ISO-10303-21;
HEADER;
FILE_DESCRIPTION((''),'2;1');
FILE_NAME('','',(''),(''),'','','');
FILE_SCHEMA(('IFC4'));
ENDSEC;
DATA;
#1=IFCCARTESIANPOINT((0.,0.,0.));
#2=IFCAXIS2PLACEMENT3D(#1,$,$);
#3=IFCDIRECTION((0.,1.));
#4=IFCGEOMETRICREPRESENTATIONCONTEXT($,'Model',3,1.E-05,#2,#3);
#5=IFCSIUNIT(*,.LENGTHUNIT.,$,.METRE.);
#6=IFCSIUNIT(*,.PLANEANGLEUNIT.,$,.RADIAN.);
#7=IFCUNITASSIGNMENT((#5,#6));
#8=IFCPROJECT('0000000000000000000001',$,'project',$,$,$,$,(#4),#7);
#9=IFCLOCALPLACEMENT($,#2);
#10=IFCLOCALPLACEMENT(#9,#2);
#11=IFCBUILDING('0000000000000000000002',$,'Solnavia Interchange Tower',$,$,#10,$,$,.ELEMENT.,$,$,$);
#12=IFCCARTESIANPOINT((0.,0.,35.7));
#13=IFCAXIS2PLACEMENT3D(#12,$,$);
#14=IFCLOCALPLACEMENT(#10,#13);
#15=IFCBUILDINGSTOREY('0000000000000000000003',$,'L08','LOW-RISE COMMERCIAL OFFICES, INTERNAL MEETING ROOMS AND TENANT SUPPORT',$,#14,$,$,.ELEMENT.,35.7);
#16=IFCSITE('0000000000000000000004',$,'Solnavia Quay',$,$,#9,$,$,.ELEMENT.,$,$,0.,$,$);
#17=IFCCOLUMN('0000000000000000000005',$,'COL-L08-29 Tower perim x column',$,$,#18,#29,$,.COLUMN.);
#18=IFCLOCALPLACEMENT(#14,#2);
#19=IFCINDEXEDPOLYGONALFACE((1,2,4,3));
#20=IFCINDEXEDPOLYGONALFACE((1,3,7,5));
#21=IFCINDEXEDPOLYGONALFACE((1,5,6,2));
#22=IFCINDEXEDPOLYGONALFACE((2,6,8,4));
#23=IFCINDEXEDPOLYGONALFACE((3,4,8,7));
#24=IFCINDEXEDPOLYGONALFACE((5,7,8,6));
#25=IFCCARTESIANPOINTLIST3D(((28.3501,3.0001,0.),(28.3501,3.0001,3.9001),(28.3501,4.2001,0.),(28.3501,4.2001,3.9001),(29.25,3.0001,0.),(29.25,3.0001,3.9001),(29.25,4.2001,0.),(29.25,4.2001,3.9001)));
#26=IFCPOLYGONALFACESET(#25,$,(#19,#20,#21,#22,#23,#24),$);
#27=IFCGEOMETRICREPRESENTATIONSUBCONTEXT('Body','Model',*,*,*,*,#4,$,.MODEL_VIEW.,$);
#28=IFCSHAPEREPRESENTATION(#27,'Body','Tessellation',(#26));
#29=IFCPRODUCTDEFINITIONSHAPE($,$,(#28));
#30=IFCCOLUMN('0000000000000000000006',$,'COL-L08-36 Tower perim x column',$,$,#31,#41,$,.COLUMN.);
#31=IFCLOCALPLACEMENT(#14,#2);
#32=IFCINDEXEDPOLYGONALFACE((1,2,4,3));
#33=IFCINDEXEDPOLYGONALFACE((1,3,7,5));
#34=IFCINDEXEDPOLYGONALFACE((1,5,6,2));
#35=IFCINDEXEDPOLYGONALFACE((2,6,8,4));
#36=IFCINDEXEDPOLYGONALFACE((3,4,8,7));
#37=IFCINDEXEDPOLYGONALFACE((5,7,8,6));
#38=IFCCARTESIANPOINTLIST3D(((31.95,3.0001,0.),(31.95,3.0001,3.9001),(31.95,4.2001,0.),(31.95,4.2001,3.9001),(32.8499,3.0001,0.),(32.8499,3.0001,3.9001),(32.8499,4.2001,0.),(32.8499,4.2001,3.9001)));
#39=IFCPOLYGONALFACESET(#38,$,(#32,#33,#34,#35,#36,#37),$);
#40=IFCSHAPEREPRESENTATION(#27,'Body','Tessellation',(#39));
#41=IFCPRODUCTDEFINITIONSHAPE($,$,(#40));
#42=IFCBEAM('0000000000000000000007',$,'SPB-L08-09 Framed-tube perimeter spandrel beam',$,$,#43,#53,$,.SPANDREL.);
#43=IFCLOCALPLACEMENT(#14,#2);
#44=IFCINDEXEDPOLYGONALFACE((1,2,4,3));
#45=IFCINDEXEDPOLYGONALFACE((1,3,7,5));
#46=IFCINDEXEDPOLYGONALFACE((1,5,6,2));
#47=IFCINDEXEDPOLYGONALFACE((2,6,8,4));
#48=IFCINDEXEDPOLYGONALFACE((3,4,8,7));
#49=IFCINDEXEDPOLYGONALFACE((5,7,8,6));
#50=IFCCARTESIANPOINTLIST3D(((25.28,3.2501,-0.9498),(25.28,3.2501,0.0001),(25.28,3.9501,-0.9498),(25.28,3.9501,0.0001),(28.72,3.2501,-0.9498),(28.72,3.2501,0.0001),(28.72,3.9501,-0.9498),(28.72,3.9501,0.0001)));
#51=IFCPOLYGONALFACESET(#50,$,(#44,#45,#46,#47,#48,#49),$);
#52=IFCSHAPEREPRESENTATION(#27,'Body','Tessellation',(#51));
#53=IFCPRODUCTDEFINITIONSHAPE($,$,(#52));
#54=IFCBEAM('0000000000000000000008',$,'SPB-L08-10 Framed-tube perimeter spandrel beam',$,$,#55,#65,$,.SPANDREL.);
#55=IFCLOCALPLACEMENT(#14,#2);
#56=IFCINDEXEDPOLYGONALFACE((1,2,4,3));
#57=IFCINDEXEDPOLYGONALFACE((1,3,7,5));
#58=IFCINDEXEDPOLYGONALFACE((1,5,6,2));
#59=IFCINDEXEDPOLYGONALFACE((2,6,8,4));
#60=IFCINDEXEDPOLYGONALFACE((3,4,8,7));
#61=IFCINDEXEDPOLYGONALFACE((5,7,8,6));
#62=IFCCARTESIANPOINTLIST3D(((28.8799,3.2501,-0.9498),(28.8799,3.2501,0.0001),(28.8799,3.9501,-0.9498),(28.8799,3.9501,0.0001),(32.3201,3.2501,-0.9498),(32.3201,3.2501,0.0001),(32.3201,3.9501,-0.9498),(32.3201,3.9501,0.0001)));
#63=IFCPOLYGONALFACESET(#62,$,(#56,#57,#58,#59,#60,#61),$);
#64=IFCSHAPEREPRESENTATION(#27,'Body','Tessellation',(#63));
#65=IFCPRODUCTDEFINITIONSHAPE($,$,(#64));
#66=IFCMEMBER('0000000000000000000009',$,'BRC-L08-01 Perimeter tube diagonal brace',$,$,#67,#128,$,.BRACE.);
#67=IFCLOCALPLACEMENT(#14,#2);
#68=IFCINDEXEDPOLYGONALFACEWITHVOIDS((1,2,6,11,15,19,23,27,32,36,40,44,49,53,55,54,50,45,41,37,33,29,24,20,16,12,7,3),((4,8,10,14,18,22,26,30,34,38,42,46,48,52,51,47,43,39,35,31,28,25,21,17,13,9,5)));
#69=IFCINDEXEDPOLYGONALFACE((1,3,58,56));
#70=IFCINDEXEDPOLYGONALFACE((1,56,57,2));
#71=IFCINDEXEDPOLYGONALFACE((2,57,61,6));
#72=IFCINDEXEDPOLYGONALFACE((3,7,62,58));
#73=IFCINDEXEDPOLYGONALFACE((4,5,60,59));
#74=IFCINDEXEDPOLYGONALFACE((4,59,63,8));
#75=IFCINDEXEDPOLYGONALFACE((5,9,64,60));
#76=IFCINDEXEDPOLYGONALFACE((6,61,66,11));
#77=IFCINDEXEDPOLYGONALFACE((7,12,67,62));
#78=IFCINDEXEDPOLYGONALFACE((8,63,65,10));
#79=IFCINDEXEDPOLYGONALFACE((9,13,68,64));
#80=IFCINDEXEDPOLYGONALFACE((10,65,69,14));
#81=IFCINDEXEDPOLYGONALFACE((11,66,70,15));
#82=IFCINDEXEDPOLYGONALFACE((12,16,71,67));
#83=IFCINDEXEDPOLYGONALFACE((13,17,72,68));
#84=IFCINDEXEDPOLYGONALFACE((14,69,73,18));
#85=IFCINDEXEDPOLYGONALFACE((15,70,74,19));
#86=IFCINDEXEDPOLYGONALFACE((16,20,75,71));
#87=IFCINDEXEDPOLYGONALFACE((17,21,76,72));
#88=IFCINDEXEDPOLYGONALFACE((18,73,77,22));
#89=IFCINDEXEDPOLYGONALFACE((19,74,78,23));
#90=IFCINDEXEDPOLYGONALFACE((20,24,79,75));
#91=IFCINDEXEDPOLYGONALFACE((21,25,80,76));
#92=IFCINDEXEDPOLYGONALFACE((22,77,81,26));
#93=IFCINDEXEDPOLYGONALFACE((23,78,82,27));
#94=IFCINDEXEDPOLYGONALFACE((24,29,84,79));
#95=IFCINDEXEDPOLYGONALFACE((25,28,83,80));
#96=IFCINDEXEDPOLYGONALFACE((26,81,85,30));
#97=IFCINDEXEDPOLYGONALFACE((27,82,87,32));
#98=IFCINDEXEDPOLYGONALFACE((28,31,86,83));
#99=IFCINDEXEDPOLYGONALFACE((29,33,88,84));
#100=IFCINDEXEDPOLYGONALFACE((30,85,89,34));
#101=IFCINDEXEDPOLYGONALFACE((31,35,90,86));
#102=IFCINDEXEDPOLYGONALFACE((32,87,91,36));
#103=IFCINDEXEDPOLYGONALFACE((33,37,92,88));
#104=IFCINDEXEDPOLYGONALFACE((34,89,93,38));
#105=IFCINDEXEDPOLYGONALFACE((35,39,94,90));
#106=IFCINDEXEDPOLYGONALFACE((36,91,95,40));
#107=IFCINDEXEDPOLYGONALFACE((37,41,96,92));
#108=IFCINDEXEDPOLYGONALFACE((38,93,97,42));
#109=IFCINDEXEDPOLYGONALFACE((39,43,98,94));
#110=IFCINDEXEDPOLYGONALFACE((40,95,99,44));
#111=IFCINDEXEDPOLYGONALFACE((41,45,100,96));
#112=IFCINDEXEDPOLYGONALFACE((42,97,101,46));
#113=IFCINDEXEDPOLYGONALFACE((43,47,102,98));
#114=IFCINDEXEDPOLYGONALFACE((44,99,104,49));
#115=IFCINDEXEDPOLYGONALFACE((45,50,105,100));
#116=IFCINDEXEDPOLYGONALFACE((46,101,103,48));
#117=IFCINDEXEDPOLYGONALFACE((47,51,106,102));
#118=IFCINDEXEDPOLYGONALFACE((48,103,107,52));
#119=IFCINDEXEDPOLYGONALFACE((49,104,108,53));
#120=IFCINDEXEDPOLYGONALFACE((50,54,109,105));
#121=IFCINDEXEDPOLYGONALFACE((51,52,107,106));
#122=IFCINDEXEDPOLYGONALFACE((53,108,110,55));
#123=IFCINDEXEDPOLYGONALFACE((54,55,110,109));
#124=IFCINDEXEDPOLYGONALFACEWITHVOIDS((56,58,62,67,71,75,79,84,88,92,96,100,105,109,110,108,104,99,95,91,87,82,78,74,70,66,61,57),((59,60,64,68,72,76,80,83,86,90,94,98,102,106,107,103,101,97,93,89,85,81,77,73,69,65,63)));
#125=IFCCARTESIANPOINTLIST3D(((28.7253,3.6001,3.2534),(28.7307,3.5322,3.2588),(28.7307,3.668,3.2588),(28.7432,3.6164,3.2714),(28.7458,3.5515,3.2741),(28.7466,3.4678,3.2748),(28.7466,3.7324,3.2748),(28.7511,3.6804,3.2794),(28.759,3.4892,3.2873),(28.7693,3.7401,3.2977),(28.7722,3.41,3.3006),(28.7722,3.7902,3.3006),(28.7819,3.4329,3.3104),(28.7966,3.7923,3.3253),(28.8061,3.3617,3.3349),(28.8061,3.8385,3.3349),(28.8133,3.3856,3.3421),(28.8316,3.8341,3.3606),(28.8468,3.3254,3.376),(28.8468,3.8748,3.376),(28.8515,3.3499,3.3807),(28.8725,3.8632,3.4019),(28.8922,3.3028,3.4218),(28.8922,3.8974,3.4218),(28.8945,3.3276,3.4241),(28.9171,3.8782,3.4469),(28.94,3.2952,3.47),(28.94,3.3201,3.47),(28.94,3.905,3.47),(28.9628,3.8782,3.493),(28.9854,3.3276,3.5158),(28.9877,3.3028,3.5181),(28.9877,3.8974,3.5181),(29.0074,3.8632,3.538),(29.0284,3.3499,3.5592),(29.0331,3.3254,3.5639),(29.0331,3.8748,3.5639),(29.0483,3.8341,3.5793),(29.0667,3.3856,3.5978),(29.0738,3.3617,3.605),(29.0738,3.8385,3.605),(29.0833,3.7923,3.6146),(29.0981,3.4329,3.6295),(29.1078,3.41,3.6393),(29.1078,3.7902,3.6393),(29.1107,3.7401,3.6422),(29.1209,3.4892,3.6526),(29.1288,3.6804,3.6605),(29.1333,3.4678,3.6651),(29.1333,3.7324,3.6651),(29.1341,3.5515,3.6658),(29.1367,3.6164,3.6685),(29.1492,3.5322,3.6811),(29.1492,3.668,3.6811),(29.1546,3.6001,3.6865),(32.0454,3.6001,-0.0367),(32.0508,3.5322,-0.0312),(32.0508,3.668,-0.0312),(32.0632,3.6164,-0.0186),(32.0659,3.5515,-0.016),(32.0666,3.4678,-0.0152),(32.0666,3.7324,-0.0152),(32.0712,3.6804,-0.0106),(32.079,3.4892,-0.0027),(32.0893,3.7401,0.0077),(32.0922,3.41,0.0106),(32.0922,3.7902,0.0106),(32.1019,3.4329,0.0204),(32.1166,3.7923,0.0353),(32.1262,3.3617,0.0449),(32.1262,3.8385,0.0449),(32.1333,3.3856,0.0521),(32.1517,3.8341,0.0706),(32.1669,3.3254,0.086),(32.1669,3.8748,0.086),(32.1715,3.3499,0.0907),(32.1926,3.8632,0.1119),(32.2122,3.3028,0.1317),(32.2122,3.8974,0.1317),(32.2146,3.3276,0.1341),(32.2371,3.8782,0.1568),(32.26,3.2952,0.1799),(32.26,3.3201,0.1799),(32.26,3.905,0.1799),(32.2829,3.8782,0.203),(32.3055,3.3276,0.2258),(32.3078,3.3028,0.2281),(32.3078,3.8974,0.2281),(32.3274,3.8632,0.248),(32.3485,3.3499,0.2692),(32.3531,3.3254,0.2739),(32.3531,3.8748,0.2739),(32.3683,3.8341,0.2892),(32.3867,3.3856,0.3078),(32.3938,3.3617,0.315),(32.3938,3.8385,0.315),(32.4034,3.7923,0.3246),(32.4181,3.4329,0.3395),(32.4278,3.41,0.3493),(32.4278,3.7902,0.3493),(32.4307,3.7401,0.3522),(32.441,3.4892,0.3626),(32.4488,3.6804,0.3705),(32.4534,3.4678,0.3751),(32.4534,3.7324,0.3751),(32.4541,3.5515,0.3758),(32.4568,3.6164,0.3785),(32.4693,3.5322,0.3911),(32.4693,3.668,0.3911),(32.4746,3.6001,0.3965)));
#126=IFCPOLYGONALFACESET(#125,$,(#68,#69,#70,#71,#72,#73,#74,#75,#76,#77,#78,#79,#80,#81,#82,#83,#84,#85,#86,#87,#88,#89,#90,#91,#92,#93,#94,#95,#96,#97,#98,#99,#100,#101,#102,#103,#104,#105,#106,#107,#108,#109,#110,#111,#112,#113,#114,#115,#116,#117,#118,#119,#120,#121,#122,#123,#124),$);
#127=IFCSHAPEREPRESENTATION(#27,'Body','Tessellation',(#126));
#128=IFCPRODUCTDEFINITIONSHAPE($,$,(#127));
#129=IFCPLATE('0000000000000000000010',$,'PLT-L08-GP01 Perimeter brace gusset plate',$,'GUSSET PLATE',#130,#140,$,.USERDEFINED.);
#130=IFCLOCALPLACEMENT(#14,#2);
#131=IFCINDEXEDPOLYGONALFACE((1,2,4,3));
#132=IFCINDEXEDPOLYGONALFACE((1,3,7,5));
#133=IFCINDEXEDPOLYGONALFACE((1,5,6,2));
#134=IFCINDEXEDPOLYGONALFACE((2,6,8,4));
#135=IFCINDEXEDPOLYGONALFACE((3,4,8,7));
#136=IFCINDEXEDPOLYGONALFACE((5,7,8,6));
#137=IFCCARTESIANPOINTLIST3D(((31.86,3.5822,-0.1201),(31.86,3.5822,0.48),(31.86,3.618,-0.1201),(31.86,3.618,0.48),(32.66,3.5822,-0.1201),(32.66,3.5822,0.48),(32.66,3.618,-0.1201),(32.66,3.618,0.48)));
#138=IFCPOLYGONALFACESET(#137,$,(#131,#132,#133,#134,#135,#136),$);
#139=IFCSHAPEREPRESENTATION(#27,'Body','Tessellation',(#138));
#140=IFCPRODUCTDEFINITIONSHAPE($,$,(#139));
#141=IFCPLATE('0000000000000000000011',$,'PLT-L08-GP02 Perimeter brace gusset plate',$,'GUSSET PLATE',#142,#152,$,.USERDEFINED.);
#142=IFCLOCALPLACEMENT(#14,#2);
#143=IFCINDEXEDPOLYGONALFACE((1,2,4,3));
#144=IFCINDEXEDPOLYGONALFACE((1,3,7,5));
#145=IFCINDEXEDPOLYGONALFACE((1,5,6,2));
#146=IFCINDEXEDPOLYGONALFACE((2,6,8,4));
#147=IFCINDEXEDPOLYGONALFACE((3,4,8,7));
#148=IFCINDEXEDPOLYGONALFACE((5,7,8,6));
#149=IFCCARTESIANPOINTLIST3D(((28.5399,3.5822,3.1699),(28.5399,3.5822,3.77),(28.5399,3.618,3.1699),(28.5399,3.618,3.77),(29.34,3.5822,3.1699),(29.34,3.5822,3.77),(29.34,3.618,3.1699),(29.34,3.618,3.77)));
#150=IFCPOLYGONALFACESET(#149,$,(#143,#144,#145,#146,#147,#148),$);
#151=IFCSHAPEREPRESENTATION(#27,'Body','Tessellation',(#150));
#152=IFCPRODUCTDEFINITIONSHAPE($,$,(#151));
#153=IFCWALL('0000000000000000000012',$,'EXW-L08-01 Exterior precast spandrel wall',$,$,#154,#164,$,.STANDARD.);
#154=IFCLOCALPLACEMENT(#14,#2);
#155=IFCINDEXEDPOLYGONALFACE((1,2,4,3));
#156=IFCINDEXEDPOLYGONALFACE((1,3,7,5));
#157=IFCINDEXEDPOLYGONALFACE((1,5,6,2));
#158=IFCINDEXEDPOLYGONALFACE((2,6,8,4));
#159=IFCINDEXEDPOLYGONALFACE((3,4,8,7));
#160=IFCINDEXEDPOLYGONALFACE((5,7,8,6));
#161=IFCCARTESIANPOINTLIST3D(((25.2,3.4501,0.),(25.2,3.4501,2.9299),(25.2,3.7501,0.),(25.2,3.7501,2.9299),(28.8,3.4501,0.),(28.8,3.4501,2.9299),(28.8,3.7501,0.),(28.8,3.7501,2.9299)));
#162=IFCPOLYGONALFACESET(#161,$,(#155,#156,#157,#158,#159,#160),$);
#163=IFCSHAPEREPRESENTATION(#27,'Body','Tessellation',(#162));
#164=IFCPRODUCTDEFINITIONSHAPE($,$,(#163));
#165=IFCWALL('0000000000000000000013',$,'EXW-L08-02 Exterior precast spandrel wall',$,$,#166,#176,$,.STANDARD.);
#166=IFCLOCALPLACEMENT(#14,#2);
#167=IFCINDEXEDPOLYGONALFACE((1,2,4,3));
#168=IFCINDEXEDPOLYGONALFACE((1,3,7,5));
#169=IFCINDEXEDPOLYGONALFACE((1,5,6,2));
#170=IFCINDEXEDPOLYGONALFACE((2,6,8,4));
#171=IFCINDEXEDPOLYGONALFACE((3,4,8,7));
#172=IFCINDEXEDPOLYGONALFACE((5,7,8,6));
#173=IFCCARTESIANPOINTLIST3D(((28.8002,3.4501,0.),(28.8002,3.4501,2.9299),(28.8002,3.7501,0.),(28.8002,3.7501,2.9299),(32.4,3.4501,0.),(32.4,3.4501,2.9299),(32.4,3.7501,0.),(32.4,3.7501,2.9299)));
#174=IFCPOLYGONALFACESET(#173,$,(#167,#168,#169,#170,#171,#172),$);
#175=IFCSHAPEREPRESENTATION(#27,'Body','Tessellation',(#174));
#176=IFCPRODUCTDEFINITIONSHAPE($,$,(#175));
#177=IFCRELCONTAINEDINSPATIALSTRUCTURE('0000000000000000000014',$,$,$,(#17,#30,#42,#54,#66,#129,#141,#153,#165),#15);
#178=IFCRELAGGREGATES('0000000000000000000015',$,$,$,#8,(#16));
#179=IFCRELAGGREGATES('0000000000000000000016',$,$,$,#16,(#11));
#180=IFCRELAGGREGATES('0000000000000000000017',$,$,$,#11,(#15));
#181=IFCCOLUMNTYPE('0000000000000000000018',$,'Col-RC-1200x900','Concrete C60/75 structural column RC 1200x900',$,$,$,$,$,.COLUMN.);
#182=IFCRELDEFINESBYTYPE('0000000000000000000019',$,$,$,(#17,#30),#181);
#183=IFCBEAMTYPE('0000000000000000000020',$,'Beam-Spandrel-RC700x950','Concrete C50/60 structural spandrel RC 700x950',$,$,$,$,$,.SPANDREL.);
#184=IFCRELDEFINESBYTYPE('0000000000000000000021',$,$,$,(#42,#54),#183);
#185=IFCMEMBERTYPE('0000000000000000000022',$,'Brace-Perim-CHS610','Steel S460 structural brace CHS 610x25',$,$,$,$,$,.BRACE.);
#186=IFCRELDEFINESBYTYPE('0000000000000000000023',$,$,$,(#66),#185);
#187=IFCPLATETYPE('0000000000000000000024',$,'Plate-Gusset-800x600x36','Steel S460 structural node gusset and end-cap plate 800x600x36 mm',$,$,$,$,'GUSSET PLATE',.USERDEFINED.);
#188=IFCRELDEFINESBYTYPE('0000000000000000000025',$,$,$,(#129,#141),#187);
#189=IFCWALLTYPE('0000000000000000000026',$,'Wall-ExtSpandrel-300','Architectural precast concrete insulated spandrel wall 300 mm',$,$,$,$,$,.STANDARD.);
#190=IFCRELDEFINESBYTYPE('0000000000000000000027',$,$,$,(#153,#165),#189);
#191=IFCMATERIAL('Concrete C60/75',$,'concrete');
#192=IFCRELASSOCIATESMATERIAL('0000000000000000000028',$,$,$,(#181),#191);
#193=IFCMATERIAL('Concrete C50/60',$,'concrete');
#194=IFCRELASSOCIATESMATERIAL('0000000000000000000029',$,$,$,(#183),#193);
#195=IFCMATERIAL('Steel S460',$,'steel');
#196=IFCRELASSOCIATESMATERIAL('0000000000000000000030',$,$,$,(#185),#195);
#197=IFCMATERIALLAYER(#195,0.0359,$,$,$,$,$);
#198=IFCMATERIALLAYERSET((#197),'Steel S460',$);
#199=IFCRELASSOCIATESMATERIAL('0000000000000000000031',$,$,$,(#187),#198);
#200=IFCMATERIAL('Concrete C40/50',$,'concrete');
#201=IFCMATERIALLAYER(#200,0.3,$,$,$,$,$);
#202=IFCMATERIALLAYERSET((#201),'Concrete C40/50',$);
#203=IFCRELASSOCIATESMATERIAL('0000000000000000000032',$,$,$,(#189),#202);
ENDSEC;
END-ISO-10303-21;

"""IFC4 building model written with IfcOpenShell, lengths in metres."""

from ifc_helpers import new_model, si_unit, direction, frame, frame_2d, origin, origin_2d, place, context, subcontext, project, spatial, rectangle, hollow_circle, extrude, material, layer, layer_set, material_profile, profile_set, type_object, element, save


model = new_model("IFC4")

# Units and contexts
model_context = context("Model", 3, precision=1e-05, world=origin(), true_north=direction((0.0, 1.0)))
body_context = subcontext(model_context, "Body", "Model", "MODEL_VIEW")
ifc_project = project(units=[si_unit("LENGTHUNIT", "METRE"), si_unit("PLANEANGLEUNIT", "RADIAN")], contexts=[model_context])

# Site, building, storey
site_placement = place(None, origin())
site = spatial("IfcSite", under=ifc_project, at=site_placement, Name="Solnavia Quay", CompositionType="ELEMENT", RefElevation=0.0)
building_placement = place(site_placement, origin())
building = spatial("IfcBuilding", under=site, at=building_placement, Name="Solnavia Interchange Tower", CompositionType="ELEMENT")
storey_placement = place(building_placement, frame((0.0, 0.0, 35.7)))
storey = spatial("IfcBuildingStorey", under=building, at=storey_placement, Name="L08", Description="LOW-RISE COMMERCIAL OFFICES, INTERNAL MEETING ROOMS AND TENANT SUPPORT", CompositionType="ELEMENT", Elevation=35.7)

# Columns
ifc_material_1 = material(Name="Concrete C60/75", Category="concrete")
ifc_material_profile_1 = material_profile(ifc_material_1, rectangle(XDim=0.8999, YDim=1.2, at=origin_2d()), Name="RC 1200x900")
ifc_profile_set_1 = profile_set([ifc_material_profile_1], Name="Concrete C60/75")
column_type = type_object("IfcColumnType", Name="Col-RC-1200x900", Description="Concrete C60/75 structural column RC 1200x900", PredefinedType="COLUMN", material=ifc_profile_set_1)
for number, where, z_axis, x_axis, name in (
    (1, (28.8, 3.6001, 0.0), (0.0, 0.0, 1.0), (1.0, 0.0, 0.0), "COL-L08-29 Tower perim x column"),
    (2, (32.3999, 3.6001, 0.0), (0.0, 0.0, 1.0), (1.0, 0.0, 0.0), "COL-L08-36 Tower perim x column"),
):
    element("IfcColumn", number, at=place(storey_placement, frame(where, z_axis=z_axis, x_axis=x_axis)), inside=storey, type_object=column_type, Name=name, PredefinedType="COLUMN", context=body_context, shape_type="SweptSolid", body=[
        extrude(rectangle(XDim=0.8999, YDim=1.2, at=origin_2d()), origin(), (0.0, 0.0, 1.0), 3.9001),
    ])

# Beams
ifc_material_2 = material(Name="Concrete C50/60", Category="concrete")
ifc_material_profile_2 = material_profile(ifc_material_2, rectangle(XDim=0.7, YDim=0.95, at=origin_2d()), Name="RC 700x950")
ifc_profile_set_2 = profile_set([ifc_material_profile_2], Name="Concrete C50/60")
beam_type = type_object("IfcBeamType", Name="Beam-Spandrel-RC700x950", Description="Concrete C50/60 structural spandrel RC 700x950", PredefinedType="SPANDREL", material=ifc_profile_set_2)
beam_1_placement = place(storey_placement, frame((25.28, 3.6001, -0.4749), z_axis=(1.0, 0.0, 0.0), x_axis=(0.0, 1.0, 0.0)))
element("IfcBeam", 3, at=beam_1_placement, inside=storey, type_object=beam_type, Name="SPB-L08-09 Framed-tube perimeter spandrel beam", PredefinedType="SPANDREL", context=body_context, shape_type="SweptSolid", body=[
    extrude(rectangle(XDim=0.7, YDim=0.95, at=origin_2d()), origin(), (0.0, 0.0, 1.0), 3.4399),
])
beam_2_placement = place(storey_placement, frame((28.8799, 3.6001, -0.4749), z_axis=(1.0, 0.0, 0.0), x_axis=(0.0, 1.0, 0.0)))
element("IfcBeam", 4, at=beam_2_placement, inside=storey, type_object=beam_type, Name="SPB-L08-10 Framed-tube perimeter spandrel beam", PredefinedType="SPANDREL", context=body_context, shape_type="SweptSolid", body=[
    extrude(rectangle(XDim=0.7, YDim=0.95, at=origin_2d()), origin(), (0.0, 0.0, 1.0), 3.4402),
])

# Member
ifc_material_3 = material(Name="Steel S460", Category="steel")
ifc_material_profile_3 = material_profile(ifc_material_3, hollow_circle(Radius=0.3049, WallThickness=0.0249, at=origin_2d()), Name="CHS 610x25")
ifc_profile_set_3 = profile_set([ifc_material_profile_3], Name="Steel S460")
member_type = type_object("IfcMemberType", Name="Brace-Perim-CHS610", Description="Steel S460 structural brace CHS 610x25", PredefinedType="BRACE", material=ifc_profile_set_3)
member_placement = place(storey_placement, frame((32.26, 3.6001, 0.1799), z_axis=(-0.710312, 0.0, 0.703887), x_axis=(0.0, -1.0, 0.0)))
element("IfcMember", 5, at=member_placement, inside=storey, type_object=member_type, Name="BRC-L08-01 Perimeter tube diagonal brace", PredefinedType="BRACE", context=body_context, shape_type="SweptSolid", body=[
    extrude(hollow_circle(Radius=0.3049, WallThickness=0.0249, at=origin_2d()), origin(), (0.0, 0.0, 1.0), 4.6741),
])

# Plates
ifc_layer_1 = layer(ifc_material_3, 0.0359)
ifc_layer_set_1 = layer_set([ifc_layer_1], Name="Steel S460")
plate_type = type_object("IfcPlateType", Name="Plate-Gusset-800x600x36", Description="Steel S460 structural node gusset and end-cap plate 800x600x36 mm", ElementType="GUSSET PLATE", PredefinedType="USERDEFINED", material=ifc_layer_set_1)
for number, where, z_axis, x_axis, name in (
    (6, (32.26, 3.6001, -0.1201), (0.0, 0.0, 1.0), (-1.0, 0.0, 0.0), "PLT-L08-GP01 Perimeter brace gusset plate"),
    (7, (28.9399, 3.6001, 3.1699), (0.0, 0.0, 1.0), (-1.0, 0.0, 0.0), "PLT-L08-GP02 Perimeter brace gusset plate"),
):
    element("IfcPlate", number, at=place(storey_placement, frame(where, z_axis=z_axis, x_axis=x_axis)), inside=storey, type_object=plate_type, Name=name, ObjectType="GUSSET PLATE", PredefinedType="USERDEFINED", context=body_context, shape_type="SweptSolid", body=[
        extrude(rectangle(XDim=0.8, YDim=0.0359, at=origin_2d()), origin(), (0.0, 0.0, 1.0), 0.6001),
    ])

# Walls
ifc_material_4 = material(Name="Concrete C40/50", Category="concrete")
ifc_layer_2 = layer(ifc_material_4, 0.3)
ifc_layer_set_2 = layer_set([ifc_layer_2], Name="Concrete C40/50")
wall_type_1 = type_object("IfcWallType", Name="Wall-ExtSpandrel-300", Description="Architectural precast concrete insulated spandrel wall 300 mm", PredefinedType="STANDARD", material=ifc_layer_set_2)
wall_1_placement = place(storey_placement, frame((28.8, 3.6001, 0.0), z_axis=(0.0, 0.0, 1.0), x_axis=(-1.0, 0.0, 0.0)))
element("IfcWall", 8, at=wall_1_placement, inside=storey, type_object=wall_type_1, Name="EXW-L08-01 Exterior precast spandrel wall", PredefinedType="STANDARD", context=body_context, shape_type="SweptSolid", body=[
    extrude(rectangle(XDim=3.6001, YDim=0.3, at=frame_2d((1.8, 0.0))), origin(), (0.0, 0.0, 1.0), 2.9299),
])
wall_2_placement = place(storey_placement, frame((32.3999, 3.6001, 0.0), z_axis=(0.0, 0.0, 1.0), x_axis=(-1.0, 0.0, 0.0)))
element("IfcWall", 9, at=wall_2_placement, inside=storey, type_object=wall_type_1, Name="EXW-L08-02 Exterior precast spandrel wall", PredefinedType="STANDARD", context=body_context, shape_type="SweptSolid", body=[
    extrude(rectangle(XDim=3.5999, YDim=0.3, at=frame_2d((1.7998, 0.0))), origin(), (0.0, 0.0, 1.0), 2.9299),
])

save(model, "model.ifc")
